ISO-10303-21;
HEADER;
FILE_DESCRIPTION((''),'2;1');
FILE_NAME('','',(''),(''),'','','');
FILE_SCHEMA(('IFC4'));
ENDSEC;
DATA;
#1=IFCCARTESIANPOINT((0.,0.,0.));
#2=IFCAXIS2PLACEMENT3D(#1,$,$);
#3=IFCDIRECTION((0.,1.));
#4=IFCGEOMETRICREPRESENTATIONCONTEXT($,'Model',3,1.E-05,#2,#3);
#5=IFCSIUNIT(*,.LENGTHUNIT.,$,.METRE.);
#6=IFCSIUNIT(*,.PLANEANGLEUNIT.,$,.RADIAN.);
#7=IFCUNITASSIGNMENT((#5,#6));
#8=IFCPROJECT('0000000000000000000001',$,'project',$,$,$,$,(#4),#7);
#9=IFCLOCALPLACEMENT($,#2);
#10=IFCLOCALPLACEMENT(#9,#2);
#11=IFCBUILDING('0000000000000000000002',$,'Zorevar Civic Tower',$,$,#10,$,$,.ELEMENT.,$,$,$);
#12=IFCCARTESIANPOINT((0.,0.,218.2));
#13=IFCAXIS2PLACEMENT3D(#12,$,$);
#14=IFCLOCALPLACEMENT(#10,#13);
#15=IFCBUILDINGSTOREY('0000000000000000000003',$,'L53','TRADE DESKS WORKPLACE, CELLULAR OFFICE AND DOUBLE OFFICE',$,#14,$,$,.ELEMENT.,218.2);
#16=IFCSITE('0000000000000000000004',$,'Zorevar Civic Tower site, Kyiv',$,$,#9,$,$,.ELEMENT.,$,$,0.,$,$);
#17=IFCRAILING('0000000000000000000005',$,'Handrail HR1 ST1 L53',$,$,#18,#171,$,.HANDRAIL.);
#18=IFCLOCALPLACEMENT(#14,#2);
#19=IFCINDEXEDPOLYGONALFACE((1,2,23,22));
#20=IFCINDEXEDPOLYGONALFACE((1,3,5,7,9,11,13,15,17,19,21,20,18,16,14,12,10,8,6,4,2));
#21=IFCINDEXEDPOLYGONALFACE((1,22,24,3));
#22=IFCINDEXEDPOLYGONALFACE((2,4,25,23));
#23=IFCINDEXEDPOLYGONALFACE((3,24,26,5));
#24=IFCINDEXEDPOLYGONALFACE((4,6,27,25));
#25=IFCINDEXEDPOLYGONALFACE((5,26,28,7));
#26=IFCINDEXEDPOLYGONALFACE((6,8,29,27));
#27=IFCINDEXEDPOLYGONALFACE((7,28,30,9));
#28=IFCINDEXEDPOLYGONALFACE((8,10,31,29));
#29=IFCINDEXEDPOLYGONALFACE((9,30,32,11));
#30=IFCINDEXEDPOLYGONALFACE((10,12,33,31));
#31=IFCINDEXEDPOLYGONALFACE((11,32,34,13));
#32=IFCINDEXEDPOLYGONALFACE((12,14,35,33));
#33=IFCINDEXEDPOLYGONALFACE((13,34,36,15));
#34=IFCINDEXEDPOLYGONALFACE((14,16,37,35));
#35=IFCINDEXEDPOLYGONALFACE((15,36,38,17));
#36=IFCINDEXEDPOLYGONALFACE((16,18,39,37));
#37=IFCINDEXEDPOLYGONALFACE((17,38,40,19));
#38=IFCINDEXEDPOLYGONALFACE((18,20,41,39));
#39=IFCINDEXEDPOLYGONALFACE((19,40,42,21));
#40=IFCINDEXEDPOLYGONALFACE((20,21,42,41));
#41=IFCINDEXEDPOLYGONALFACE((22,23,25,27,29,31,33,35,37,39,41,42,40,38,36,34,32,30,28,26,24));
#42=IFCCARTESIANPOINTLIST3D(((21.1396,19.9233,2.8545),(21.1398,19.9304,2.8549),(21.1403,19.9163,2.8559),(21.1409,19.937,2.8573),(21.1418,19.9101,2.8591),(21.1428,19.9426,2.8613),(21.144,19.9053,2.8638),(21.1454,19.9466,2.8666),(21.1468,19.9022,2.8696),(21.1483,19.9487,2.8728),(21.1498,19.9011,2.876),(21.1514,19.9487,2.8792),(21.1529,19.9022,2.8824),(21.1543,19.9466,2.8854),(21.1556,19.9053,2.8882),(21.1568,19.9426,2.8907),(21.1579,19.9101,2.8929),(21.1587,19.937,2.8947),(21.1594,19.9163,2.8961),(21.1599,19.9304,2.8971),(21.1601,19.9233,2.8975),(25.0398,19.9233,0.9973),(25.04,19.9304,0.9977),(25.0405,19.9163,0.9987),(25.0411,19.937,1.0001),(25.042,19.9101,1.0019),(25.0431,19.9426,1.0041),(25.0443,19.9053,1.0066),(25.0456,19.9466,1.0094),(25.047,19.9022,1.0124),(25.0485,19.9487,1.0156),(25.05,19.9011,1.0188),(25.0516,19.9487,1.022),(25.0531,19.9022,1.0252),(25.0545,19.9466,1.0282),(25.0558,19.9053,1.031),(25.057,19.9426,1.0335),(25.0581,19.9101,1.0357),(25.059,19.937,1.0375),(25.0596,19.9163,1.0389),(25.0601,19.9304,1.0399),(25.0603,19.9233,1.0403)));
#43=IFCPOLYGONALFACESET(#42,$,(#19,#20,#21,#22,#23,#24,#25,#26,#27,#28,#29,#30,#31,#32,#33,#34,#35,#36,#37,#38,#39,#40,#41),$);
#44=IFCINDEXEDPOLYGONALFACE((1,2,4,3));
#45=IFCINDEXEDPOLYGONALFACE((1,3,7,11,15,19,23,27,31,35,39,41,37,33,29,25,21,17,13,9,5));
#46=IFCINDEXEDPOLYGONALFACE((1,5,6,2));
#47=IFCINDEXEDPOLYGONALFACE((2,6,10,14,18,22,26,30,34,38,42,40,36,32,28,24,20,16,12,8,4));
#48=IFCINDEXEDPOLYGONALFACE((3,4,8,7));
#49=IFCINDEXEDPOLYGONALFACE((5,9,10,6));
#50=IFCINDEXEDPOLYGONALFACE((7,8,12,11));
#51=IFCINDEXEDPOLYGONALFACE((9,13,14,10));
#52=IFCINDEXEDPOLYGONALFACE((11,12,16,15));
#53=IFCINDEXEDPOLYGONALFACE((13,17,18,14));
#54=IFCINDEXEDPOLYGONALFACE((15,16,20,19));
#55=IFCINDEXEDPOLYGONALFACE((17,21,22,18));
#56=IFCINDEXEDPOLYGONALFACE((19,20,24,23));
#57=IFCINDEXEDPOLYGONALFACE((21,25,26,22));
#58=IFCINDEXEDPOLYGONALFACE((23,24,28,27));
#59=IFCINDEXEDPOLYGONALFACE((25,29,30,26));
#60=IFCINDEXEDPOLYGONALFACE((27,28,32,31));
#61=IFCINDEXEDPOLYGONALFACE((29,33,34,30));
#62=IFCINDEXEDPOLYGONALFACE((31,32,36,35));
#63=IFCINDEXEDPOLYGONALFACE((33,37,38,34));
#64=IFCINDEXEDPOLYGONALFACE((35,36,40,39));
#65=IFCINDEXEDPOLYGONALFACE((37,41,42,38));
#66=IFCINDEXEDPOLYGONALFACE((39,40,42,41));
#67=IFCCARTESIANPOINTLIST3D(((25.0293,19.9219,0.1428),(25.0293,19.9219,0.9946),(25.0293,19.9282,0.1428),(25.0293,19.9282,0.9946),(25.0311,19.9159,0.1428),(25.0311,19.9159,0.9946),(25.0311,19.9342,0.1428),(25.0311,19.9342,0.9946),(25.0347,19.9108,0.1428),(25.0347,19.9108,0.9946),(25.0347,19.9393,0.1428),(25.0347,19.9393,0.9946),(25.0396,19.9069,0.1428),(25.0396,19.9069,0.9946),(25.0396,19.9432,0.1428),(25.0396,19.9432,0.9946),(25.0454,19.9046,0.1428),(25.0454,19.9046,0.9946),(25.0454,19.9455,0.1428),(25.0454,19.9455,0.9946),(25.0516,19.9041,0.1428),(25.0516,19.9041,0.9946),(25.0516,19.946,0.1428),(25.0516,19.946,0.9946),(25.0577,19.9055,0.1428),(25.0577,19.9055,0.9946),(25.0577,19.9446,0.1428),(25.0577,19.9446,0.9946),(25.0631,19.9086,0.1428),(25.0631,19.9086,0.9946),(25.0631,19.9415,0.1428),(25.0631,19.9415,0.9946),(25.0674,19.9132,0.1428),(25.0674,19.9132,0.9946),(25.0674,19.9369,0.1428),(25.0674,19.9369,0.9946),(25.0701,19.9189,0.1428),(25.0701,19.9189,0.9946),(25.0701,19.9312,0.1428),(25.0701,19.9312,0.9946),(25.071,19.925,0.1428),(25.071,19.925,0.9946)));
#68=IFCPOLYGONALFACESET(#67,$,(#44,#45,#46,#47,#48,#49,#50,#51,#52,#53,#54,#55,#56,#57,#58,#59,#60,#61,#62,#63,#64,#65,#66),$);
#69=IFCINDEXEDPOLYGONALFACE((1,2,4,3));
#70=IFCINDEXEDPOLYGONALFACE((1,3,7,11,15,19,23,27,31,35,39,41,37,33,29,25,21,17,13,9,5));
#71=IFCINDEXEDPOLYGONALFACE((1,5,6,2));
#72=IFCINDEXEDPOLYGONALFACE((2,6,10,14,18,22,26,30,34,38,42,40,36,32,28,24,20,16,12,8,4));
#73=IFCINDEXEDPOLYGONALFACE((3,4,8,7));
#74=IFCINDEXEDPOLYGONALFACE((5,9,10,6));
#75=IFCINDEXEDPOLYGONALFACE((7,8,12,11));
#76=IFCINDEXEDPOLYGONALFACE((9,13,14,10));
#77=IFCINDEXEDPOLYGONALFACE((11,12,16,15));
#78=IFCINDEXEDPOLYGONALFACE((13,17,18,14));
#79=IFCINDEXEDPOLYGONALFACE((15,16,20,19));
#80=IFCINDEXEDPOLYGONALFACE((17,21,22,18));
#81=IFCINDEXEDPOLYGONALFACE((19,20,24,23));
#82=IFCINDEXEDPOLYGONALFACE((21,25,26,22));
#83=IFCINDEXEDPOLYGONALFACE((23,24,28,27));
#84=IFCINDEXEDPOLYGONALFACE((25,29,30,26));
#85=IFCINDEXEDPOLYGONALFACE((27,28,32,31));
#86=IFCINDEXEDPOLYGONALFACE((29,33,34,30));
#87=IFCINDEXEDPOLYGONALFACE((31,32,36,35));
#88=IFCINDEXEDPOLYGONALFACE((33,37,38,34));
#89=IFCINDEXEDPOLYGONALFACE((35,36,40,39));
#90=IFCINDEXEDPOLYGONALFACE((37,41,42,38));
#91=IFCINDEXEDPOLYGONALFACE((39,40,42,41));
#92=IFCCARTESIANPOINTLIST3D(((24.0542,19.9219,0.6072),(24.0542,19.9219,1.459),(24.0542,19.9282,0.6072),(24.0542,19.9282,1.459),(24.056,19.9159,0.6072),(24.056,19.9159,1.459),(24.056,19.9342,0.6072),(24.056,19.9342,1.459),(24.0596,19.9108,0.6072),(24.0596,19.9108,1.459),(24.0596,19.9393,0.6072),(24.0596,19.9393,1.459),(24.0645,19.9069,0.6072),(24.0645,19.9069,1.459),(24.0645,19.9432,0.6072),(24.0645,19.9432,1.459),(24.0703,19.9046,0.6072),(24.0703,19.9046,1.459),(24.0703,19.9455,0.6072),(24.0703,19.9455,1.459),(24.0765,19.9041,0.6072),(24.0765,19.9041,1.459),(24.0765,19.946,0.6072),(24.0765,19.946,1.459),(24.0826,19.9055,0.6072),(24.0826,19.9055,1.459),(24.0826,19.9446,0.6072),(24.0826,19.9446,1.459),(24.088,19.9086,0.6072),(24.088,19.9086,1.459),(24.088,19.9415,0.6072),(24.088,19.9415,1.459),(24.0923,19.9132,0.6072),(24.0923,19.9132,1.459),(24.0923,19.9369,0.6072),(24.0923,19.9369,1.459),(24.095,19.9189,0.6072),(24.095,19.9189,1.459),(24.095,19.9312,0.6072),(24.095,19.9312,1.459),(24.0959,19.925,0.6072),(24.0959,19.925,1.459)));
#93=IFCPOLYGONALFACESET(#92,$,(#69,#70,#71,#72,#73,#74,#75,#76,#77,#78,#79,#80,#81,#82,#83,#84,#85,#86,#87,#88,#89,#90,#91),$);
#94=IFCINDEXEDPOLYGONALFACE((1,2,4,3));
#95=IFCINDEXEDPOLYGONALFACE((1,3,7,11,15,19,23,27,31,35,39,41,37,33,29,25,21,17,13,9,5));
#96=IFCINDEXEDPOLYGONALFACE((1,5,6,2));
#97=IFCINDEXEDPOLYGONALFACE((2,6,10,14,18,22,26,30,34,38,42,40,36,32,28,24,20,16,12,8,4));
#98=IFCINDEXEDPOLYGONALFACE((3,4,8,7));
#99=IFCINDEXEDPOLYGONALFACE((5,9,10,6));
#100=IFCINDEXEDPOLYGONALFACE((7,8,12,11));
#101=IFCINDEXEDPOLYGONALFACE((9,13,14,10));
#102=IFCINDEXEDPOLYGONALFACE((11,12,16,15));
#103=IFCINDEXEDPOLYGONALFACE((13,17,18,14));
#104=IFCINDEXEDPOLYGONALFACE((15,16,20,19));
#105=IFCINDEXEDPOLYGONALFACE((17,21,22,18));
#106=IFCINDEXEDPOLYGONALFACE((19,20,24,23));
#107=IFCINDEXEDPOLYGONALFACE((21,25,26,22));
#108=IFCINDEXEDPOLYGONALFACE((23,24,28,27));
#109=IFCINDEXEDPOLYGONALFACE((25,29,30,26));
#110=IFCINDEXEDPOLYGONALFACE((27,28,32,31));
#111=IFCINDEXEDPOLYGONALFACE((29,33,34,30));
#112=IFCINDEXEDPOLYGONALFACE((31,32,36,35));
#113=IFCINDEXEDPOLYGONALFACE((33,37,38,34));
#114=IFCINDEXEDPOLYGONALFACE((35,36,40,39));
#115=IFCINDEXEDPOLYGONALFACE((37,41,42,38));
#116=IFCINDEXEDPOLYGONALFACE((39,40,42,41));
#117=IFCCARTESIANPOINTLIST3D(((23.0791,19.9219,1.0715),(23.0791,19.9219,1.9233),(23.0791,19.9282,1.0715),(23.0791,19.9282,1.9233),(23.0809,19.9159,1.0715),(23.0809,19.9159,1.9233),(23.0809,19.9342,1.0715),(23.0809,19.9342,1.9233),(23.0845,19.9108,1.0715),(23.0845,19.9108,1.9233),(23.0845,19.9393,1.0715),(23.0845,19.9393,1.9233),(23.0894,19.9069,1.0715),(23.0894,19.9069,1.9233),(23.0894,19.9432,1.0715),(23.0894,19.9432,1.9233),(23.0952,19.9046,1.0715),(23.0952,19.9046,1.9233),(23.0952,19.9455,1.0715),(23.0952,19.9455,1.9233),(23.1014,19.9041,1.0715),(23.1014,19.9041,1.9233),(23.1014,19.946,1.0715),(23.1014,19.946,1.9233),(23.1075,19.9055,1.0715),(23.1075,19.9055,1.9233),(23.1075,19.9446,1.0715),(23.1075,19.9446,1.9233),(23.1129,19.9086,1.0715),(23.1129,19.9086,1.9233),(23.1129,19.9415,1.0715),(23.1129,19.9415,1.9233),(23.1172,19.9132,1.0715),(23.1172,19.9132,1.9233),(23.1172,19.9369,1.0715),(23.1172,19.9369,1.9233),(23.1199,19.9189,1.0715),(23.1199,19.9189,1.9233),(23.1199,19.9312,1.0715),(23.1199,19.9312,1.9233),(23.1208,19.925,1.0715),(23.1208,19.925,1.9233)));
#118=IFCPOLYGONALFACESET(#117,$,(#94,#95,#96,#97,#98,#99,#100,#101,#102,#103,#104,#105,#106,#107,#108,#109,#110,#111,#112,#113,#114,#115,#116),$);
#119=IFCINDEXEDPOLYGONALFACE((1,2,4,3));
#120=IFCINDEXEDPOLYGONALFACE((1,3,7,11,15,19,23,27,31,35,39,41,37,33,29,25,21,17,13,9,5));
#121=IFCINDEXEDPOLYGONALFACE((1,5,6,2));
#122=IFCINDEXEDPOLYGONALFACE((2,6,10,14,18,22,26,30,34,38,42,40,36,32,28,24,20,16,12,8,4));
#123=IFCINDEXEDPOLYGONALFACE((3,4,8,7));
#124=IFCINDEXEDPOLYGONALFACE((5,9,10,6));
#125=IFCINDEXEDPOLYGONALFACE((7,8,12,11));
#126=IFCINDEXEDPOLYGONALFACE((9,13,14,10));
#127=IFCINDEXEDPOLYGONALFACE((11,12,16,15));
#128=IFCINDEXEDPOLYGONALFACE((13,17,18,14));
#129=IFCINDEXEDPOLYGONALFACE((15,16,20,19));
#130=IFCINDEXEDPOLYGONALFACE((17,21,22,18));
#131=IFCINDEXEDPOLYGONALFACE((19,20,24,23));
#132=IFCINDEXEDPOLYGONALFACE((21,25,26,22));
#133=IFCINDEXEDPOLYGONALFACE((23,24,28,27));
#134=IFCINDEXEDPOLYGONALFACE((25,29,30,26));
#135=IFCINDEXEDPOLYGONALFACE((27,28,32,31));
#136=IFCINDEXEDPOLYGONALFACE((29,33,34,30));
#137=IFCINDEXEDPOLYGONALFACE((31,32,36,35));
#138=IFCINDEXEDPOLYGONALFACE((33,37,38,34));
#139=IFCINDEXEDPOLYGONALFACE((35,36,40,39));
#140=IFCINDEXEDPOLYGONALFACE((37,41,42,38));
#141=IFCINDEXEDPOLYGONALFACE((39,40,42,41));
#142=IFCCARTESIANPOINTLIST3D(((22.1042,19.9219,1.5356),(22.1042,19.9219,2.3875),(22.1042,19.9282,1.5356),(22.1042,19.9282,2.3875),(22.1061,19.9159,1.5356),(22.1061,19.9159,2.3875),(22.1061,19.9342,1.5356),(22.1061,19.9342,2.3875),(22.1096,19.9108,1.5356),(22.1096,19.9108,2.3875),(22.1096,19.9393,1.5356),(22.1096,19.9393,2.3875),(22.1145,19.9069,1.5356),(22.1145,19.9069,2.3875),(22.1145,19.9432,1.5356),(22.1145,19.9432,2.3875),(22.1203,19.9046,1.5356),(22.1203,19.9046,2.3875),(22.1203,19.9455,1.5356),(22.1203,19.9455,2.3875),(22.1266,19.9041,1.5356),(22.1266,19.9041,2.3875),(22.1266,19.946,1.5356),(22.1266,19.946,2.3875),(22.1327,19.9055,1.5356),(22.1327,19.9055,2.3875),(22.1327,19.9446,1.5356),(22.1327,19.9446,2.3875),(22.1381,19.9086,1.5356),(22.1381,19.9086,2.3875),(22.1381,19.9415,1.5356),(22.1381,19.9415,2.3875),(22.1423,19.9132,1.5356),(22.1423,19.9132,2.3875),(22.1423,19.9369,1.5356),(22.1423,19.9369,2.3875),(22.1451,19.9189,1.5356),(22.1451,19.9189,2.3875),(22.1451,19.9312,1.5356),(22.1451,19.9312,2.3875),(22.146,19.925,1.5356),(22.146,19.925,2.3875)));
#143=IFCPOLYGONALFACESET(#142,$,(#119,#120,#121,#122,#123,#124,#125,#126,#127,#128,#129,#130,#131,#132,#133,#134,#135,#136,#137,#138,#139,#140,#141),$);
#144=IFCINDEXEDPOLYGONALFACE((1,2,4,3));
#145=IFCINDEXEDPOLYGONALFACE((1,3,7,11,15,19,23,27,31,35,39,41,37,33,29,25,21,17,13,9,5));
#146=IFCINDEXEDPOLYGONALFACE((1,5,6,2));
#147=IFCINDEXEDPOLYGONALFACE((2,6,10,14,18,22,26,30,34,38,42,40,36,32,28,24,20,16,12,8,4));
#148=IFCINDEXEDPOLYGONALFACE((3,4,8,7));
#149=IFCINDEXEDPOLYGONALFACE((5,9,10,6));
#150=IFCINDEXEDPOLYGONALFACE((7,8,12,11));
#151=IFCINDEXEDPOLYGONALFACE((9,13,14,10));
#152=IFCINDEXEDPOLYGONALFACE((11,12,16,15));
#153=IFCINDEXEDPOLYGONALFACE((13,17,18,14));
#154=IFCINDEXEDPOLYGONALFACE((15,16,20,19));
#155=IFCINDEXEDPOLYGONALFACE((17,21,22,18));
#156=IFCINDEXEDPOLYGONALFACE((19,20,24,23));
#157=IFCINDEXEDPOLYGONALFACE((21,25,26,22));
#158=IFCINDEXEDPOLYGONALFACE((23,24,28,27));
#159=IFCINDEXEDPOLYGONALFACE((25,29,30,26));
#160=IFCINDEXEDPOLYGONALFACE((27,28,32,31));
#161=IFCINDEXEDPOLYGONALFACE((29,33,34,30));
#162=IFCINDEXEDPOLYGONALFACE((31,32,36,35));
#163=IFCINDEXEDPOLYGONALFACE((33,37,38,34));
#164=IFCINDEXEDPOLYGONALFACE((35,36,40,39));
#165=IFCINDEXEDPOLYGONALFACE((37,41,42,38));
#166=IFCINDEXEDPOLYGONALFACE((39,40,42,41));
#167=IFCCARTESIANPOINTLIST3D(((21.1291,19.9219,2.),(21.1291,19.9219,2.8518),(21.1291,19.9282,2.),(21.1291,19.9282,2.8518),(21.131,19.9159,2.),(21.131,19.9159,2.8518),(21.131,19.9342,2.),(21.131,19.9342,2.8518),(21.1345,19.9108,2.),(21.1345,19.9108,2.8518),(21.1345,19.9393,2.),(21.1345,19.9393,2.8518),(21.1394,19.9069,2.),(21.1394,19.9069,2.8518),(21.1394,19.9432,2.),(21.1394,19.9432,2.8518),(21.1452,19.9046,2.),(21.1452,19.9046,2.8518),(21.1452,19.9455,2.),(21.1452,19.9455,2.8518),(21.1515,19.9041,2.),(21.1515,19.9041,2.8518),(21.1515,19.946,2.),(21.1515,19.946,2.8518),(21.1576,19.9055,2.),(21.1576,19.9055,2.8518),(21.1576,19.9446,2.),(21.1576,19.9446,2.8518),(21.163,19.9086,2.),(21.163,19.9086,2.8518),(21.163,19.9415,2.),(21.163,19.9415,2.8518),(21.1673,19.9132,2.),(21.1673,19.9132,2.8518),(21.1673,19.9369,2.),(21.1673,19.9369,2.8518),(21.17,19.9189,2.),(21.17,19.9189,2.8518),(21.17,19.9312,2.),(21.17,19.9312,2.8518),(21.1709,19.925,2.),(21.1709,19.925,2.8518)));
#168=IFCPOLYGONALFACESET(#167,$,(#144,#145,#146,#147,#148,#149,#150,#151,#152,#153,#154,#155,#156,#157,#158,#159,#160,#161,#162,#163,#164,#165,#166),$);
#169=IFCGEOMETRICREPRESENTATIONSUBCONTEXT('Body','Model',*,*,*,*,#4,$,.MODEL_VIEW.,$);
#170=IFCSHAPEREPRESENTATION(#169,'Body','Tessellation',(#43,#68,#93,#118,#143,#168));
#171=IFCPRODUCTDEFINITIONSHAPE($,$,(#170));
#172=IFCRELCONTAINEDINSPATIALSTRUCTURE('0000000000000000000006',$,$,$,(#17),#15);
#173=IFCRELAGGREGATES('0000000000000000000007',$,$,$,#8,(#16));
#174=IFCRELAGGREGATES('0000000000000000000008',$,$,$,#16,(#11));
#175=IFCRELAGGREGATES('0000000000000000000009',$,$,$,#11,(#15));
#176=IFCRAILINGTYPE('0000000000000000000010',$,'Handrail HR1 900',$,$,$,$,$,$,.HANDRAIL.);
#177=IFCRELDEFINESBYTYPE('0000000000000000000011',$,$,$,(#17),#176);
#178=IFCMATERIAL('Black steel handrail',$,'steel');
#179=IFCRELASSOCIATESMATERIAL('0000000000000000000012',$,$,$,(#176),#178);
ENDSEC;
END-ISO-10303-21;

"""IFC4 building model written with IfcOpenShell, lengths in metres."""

from ifc_helpers import new_model, si_unit, direction, frame, origin, origin_2d, place, context, subcontext, project, spatial, circle, extrude, material, type_object, element, save


model = new_model("IFC4")

# Units and contexts
model_context = context("Model", 3, precision=1e-05, world=origin(), true_north=direction((0.0, 1.0)))
body_context = subcontext(model_context, "Body", "Model", "MODEL_VIEW")
ifc_project = project(units=[si_unit("LENGTHUNIT", "METRE"), si_unit("PLANEANGLEUNIT", "RADIAN")], contexts=[model_context])

# Site, building, storey
site_placement = place(None, origin())
site = spatial("IfcSite", under=ifc_project, at=site_placement, Name="Zorevar Civic Tower site, Kyiv", CompositionType="ELEMENT", RefElevation=0.0)
building_placement = place(site_placement, origin())
building = spatial("IfcBuilding", under=site, at=building_placement, Name="Zorevar Civic Tower", CompositionType="ELEMENT")
storey_placement = place(building_placement, frame((0.0, 0.0, 218.2)))
storey = spatial("IfcBuildingStorey", under=building, at=storey_placement, Name="L53", Description="TRADE DESKS WORKPLACE, CELLULAR OFFICE AND DOUBLE OFFICE", CompositionType="ELEMENT", Elevation=218.2)

# Railing
ifc_material_1 = material(Name="Black steel handrail", Category="steel")
railing_type = type_object("IfcRailingType", Name="Handrail HR1 900", PredefinedType="HANDRAIL", material=ifc_material_1)
railing_placement = place(storey_placement, frame((25.05, 19.925, 0.1428)))
element("IfcRailing", 1, at=railing_placement, inside=storey, type_object=railing_type, Name="Handrail HR1 ST1 L53", PredefinedType="HANDRAIL", context=body_context, shape_type="SweptSolid", body=[
    extrude(circle(Radius=0.0239, at=origin_2d()), frame((0.0, 0.0, 0.876), z_axis=(-0.902864, 0.0, 0.429927), x_axis=(0.0, -1.0, 0.0)), (0.0, 0.0, 1.0), 4.3198),
    extrude(circle(Radius=0.021, at=origin_2d()), origin(), (0.0, 0.0, 1.0), 0.8518),
    extrude(circle(Radius=0.021, at=origin_2d()), frame((-0.9751, 0.0, 0.4644)), (0.0, 0.0, 1.0), 0.8518),
    extrude(circle(Radius=0.021, at=origin_2d()), frame((-1.9502, 0.0, 0.9287)), (0.0, 0.0, 1.0), 0.8518),
    extrude(circle(Radius=0.021, at=origin_2d()), frame((-2.925, 0.0, 1.3928)), (0.0, 0.0, 1.0), 0.8518),
    extrude(circle(Radius=0.021, at=origin_2d()), frame((-3.9001, 0.0, 1.8572)), (0.0, 0.0, 1.0), 0.8518),
])

save(model, "model.ifc")
